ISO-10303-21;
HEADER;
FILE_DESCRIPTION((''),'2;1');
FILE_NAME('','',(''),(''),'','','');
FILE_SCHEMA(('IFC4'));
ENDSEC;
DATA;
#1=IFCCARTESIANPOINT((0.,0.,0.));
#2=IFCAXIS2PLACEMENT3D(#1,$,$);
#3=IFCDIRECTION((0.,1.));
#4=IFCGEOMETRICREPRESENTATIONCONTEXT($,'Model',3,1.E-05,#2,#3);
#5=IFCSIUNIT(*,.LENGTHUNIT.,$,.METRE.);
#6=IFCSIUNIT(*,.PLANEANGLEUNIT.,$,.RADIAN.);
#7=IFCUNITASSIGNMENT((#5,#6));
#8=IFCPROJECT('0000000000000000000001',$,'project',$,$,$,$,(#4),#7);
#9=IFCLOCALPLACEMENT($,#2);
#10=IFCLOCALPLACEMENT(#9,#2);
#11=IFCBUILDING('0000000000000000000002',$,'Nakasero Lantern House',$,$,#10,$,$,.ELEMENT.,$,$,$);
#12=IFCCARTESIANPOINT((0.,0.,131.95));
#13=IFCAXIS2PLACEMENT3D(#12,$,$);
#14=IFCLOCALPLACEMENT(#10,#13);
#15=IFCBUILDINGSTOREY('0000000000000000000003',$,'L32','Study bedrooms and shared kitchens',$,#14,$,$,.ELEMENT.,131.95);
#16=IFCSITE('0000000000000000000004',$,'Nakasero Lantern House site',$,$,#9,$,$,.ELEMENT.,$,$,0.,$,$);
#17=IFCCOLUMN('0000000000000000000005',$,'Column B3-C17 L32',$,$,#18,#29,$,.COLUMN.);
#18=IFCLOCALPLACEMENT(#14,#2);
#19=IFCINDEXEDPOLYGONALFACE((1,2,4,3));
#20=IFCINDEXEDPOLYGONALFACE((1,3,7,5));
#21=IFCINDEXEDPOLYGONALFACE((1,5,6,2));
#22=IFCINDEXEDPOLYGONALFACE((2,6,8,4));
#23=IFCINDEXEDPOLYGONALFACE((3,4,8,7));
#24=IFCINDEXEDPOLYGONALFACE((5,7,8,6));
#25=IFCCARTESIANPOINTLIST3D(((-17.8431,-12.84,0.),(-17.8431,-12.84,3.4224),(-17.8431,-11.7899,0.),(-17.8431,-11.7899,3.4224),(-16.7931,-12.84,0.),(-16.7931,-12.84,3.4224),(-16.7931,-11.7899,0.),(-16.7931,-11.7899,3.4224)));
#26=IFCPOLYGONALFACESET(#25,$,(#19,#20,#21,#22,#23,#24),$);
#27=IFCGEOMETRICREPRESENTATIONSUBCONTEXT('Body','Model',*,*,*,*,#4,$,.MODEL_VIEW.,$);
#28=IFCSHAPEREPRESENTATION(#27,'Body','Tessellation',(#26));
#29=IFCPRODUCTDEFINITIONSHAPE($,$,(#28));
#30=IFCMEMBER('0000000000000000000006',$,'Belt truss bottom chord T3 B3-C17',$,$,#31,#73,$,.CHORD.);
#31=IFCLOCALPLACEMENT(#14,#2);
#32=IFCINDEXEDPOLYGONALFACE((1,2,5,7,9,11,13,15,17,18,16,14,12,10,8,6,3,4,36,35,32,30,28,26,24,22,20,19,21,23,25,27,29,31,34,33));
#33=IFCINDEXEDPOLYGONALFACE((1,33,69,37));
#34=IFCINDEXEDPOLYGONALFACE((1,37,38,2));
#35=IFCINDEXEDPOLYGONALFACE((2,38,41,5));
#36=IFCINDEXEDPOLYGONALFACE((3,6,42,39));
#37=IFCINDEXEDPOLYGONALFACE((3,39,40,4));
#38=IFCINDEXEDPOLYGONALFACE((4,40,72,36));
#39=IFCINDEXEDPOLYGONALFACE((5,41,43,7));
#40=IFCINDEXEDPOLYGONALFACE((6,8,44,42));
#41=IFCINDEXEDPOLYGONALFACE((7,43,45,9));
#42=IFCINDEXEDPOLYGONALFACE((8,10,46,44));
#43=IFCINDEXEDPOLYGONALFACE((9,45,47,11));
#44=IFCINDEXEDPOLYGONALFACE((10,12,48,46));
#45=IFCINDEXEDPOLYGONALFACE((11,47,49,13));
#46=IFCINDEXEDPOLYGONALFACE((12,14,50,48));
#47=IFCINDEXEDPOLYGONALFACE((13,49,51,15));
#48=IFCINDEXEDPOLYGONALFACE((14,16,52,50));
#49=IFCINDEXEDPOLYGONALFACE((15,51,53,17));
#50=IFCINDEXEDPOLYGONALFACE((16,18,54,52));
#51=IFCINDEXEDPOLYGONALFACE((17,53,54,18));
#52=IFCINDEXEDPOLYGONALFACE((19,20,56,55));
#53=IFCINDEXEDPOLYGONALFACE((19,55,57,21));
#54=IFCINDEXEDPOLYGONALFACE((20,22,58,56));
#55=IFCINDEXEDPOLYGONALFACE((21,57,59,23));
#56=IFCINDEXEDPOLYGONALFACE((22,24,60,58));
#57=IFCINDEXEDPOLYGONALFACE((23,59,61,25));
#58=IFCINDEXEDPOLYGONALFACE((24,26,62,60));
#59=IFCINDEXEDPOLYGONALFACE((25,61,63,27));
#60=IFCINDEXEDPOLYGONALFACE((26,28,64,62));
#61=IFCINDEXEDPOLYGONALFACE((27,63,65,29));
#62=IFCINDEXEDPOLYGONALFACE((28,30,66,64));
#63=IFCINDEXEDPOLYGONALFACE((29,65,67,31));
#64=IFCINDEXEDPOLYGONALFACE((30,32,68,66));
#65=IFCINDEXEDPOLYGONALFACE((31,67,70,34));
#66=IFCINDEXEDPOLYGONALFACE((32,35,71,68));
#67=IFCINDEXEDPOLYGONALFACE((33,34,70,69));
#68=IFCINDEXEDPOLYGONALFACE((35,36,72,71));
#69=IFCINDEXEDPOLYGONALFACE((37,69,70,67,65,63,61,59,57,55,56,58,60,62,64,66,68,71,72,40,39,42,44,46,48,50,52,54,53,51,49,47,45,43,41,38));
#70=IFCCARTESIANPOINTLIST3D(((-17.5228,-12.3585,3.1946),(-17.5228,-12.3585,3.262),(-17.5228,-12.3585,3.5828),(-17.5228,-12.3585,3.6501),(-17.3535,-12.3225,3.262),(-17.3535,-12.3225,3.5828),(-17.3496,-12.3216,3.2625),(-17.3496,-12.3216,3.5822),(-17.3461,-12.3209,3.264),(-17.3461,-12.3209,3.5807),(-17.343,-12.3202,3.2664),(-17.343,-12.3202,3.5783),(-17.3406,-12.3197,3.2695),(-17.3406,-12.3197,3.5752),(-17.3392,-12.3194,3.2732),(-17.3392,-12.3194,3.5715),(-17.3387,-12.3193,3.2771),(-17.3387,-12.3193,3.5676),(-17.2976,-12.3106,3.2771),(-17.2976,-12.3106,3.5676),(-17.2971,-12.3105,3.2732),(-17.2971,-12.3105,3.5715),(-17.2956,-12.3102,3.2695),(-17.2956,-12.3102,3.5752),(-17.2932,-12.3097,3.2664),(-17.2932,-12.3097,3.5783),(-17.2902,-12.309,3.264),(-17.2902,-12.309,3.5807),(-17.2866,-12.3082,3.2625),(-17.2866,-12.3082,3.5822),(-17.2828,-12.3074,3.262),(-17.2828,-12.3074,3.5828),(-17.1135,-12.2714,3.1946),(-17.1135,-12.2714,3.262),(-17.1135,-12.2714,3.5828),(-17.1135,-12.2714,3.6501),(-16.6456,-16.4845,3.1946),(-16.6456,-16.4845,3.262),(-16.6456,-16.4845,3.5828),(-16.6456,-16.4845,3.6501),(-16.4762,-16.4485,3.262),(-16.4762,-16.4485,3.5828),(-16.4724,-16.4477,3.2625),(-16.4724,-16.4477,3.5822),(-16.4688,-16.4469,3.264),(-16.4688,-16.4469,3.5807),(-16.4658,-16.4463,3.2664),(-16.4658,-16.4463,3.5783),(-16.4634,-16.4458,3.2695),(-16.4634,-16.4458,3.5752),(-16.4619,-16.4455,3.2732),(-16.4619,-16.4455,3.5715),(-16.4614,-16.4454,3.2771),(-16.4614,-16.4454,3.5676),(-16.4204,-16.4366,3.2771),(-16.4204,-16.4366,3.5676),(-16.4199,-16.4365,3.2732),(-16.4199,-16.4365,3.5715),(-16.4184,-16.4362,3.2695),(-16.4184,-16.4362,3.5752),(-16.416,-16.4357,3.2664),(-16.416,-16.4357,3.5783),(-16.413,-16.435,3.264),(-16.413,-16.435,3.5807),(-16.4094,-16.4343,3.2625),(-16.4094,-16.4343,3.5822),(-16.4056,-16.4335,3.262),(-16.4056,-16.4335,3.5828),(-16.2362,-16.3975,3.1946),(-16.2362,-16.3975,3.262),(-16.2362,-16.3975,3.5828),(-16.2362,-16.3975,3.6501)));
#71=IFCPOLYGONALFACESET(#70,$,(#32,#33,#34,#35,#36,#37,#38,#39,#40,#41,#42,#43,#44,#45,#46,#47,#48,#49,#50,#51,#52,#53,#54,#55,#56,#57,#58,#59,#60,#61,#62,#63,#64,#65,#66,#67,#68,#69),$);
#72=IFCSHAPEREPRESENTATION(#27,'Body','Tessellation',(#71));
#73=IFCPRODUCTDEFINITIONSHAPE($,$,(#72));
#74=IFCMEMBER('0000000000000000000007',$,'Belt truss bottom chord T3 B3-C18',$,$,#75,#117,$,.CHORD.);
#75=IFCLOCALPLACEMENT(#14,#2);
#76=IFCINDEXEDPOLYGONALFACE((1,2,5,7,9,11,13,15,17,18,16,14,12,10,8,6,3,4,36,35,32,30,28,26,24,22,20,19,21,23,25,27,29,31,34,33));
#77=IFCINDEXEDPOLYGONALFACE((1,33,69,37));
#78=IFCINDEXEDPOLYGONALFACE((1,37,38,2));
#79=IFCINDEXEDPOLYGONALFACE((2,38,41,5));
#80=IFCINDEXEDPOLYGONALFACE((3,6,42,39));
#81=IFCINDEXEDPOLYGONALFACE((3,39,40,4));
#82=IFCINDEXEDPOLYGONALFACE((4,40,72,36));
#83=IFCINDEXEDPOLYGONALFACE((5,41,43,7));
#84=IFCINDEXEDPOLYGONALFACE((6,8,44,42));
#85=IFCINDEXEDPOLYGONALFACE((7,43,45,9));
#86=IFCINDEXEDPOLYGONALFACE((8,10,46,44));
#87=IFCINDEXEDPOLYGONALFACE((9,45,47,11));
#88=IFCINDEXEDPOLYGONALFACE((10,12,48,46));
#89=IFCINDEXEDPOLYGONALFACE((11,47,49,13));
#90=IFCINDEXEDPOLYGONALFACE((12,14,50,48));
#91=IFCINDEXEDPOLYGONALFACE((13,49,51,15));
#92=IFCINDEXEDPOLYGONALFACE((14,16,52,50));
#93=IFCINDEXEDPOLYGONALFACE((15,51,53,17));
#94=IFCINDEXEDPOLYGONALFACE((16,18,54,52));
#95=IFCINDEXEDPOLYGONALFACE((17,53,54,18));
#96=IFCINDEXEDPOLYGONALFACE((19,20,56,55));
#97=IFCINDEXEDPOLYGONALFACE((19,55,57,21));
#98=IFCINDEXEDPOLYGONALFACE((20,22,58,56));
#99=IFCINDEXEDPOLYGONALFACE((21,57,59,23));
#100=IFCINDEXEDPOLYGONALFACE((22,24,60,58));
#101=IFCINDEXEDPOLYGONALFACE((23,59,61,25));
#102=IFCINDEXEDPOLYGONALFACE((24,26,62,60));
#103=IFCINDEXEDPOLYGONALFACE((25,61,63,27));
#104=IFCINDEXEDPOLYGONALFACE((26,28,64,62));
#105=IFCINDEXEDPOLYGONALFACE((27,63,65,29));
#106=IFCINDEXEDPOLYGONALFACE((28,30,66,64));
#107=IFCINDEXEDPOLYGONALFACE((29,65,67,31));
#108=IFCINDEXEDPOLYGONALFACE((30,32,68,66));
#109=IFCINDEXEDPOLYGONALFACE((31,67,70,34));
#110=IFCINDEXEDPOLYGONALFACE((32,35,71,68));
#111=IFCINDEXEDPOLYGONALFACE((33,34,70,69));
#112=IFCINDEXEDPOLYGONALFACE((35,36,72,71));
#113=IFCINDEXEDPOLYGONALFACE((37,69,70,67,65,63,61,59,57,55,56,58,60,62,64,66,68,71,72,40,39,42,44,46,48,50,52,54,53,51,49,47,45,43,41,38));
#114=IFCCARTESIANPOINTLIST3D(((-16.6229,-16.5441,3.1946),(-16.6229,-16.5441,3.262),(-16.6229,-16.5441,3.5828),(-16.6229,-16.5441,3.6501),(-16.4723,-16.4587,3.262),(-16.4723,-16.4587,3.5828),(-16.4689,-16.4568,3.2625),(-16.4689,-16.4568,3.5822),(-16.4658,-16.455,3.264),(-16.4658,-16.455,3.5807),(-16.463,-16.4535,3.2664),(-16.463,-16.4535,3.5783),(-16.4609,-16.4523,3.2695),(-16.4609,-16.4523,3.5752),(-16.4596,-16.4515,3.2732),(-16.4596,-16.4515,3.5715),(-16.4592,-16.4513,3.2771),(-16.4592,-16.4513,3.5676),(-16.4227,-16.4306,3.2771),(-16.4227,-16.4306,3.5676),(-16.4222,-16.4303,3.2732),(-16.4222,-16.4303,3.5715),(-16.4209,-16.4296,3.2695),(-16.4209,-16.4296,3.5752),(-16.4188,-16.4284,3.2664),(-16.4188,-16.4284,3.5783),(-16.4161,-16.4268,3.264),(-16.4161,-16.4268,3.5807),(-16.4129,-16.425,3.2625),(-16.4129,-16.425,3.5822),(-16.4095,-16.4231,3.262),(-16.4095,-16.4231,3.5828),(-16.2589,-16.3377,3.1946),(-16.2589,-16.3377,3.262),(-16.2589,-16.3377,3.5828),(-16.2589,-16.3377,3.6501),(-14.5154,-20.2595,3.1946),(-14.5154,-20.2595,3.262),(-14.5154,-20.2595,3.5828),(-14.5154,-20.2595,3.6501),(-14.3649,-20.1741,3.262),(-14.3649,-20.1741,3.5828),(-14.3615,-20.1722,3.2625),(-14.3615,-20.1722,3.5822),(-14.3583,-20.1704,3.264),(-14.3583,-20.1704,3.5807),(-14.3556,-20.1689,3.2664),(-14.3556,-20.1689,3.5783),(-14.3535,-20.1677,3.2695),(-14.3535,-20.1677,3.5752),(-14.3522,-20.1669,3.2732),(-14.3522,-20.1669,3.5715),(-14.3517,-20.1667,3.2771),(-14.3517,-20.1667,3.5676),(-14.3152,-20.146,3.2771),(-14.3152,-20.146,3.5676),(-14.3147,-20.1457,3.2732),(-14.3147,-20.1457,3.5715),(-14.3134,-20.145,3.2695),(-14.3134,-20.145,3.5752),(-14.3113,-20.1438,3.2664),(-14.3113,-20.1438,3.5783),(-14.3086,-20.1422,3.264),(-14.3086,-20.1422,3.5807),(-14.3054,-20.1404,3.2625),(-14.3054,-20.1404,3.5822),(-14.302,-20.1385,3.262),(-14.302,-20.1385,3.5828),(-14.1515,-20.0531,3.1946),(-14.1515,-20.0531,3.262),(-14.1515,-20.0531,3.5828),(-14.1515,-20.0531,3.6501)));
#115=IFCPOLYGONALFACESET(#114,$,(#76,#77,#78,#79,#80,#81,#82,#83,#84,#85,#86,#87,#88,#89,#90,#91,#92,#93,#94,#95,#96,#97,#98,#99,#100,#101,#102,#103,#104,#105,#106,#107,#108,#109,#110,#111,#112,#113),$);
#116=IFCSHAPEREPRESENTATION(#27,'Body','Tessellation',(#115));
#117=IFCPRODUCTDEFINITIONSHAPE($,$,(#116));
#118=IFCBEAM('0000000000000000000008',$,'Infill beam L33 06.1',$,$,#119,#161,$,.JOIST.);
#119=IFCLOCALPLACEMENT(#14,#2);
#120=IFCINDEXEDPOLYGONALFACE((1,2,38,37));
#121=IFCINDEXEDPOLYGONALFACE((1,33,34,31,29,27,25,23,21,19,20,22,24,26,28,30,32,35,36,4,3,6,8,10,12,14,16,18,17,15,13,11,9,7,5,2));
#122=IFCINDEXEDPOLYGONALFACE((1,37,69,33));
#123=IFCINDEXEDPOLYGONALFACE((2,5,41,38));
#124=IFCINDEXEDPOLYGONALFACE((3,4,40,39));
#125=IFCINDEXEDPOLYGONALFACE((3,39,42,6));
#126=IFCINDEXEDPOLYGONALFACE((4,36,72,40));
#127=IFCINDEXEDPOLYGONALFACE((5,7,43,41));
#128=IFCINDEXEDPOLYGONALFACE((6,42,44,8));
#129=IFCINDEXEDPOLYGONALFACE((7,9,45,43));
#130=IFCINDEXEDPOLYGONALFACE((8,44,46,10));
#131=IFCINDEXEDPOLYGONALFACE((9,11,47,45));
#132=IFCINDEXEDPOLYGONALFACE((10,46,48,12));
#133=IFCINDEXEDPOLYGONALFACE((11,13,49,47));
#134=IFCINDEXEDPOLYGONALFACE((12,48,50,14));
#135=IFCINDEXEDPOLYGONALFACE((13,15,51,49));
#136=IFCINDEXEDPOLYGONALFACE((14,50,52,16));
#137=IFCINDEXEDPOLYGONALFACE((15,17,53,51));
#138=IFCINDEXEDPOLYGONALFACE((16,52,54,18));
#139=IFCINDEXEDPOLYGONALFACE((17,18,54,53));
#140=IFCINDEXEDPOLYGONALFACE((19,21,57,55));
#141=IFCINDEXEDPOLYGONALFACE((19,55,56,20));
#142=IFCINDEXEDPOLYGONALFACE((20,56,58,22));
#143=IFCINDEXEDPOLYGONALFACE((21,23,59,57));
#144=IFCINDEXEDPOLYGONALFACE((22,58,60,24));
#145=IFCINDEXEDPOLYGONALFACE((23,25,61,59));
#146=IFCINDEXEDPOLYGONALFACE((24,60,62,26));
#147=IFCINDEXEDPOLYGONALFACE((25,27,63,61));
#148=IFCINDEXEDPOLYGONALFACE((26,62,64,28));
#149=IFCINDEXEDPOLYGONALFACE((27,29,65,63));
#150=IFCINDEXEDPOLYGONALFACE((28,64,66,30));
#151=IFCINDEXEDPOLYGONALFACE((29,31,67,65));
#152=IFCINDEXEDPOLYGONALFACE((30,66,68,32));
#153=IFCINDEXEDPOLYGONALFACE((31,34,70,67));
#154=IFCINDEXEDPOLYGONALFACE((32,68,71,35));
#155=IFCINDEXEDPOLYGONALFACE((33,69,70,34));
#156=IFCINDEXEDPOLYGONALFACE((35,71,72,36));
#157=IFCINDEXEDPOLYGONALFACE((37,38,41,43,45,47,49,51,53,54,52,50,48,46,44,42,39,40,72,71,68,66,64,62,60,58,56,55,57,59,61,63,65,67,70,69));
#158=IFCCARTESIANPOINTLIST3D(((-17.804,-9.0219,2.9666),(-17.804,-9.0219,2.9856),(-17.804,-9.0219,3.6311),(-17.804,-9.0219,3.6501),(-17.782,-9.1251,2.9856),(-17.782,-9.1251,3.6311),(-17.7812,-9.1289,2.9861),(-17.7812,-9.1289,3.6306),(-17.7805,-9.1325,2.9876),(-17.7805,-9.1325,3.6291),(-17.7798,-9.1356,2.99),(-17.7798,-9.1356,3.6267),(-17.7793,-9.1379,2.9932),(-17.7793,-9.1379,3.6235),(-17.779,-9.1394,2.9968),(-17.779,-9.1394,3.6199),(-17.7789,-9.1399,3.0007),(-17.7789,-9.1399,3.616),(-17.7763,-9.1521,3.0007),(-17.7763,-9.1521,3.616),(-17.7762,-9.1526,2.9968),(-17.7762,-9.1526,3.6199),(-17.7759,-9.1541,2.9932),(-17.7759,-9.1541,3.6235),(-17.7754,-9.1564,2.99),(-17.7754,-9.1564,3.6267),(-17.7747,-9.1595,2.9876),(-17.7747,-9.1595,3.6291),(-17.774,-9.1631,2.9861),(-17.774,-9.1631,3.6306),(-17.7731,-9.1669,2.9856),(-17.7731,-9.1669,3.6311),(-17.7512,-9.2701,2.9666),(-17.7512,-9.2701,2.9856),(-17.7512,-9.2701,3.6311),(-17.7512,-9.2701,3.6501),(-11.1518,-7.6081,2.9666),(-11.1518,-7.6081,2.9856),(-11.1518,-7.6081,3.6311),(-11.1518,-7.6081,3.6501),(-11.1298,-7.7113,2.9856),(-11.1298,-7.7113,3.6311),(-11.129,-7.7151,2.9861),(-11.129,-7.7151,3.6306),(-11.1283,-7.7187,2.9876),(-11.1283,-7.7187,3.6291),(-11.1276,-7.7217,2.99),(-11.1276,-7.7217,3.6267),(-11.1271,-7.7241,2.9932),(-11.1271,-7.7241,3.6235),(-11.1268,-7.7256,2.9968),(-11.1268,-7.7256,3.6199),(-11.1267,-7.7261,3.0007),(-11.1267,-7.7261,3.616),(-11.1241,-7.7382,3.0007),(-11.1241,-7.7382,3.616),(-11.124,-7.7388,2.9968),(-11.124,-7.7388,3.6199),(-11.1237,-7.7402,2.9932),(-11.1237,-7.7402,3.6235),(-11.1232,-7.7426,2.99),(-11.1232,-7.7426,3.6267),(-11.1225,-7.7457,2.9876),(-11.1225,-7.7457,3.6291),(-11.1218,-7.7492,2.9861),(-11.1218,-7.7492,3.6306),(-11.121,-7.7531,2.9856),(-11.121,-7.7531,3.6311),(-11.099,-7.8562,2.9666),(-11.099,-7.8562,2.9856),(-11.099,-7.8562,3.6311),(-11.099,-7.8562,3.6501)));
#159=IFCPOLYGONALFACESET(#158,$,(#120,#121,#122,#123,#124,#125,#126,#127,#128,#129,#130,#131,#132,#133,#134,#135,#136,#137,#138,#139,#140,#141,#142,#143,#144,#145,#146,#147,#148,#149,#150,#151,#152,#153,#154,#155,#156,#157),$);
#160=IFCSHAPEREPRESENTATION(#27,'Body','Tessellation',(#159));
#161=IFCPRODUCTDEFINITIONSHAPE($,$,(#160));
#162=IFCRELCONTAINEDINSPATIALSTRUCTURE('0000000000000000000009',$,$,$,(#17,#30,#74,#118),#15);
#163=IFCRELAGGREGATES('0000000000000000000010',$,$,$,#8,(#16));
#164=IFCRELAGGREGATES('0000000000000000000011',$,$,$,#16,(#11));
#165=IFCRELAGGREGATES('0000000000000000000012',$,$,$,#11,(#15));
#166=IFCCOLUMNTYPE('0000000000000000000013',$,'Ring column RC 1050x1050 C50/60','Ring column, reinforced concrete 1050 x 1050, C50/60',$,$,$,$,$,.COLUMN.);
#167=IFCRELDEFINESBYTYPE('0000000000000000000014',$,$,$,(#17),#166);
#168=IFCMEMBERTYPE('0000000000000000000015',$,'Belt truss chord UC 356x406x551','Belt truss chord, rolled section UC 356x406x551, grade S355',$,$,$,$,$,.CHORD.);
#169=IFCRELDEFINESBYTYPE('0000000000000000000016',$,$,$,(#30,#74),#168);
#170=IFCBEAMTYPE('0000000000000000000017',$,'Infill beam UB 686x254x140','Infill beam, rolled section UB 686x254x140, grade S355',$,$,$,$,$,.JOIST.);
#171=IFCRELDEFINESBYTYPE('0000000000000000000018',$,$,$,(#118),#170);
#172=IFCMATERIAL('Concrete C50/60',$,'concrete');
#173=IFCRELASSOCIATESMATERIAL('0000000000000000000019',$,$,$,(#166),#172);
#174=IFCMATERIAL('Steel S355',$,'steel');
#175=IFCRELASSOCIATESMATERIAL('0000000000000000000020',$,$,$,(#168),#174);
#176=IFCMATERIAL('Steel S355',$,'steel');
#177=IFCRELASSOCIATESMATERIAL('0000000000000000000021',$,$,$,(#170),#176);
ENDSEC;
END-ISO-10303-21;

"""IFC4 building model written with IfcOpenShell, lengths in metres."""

from ifc_helpers import new_model, si_unit, direction, frame, origin, origin_2d, place, context, subcontext, project, spatial, rectangle, i_section, extrude, material, material_profile, profile_set, type_object, element, save


model = new_model("IFC4")

# Units and contexts
model_context = context("Model", 3, precision=1e-05, world=origin(), true_north=direction((0.0, 1.0)))
body_context = subcontext(model_context, "Body", "Model", "MODEL_VIEW")
ifc_project = project(units=[si_unit("LENGTHUNIT", "METRE"), si_unit("PLANEANGLEUNIT", "RADIAN")], contexts=[model_context])

# Site, building, storey
site_placement = place(None, origin())
site = spatial("IfcSite", under=ifc_project, at=site_placement, Name="Nakasero Lantern House site", CompositionType="ELEMENT", RefElevation=0.0)
building_placement = place(site_placement, origin())
building = spatial("IfcBuilding", under=site, at=building_placement, Name="Nakasero Lantern House", CompositionType="ELEMENT")
storey_placement = place(building_placement, frame((0.0, 0.0, 131.95)))
storey = spatial("IfcBuildingStorey", under=building, at=storey_placement, Name="L32", Description="Study bedrooms and shared kitchens", CompositionType="ELEMENT", Elevation=131.95)

# Column
ifc_material_1 = material(Name="Concrete C50/60", Category="concrete")
ifc_material_profile_1 = material_profile(ifc_material_1, rectangle(XDim=1.05, YDim=1.05, at=origin_2d()), Name="RC 1050x1050")
ifc_profile_set_1 = profile_set([ifc_material_profile_1], Name="Concrete C50/60")
column_type = type_object("IfcColumnType", Name="Ring column RC 1050x1050 C50/60", Description="Ring column, reinforced concrete 1050 x 1050, C50/60", PredefinedType="COLUMN", material=ifc_profile_set_1)
column_placement = place(storey_placement, frame((-17.3181, -12.3149, 0.0), z_axis=(0.0, 0.0, 1.0), x_axis=(1.0, 0.0, 0.0)))
element("IfcColumn", 1, at=column_placement, inside=storey, type_object=column_type, Name="Column B3-C17 L32", PredefinedType="COLUMN", context=body_context, shape_type="SweptSolid", body=[
    extrude(rectangle(XDim=1.05, YDim=1.05, at=origin_2d()), origin(), (0.0, 0.0, 1.0), 3.4224),
])

# Members
ifc_material_2 = material(Name="Steel S355", Category="steel")
ifc_material_profile_2 = material_profile(ifc_material_2, i_section(OverallWidth=0.4185, OverallDepth=0.4556, WebThickness=0.042, FlangeThickness=0.0674, FilletRadius=0.0151, at=origin_2d()), Name="UC 356x406x551")
ifc_profile_set_2 = profile_set([ifc_material_profile_2], Name="Steel S355")
member_type = type_object("IfcMemberType", Name="Belt truss chord UC 356x406x551", Description="Belt truss chord, rolled section UC 356x406x551, grade S355", PredefinedType="CHORD", material=ifc_profile_set_2)
member_1_placement = place(storey_placement, frame((-17.3181, -12.3149, 3.4224), z_axis=(0.207956, -0.978138, 0.0), x_axis=(0.978138, 0.207956, 0.0)))
element("IfcMember", 2, at=member_1_placement, inside=storey, type_object=member_type, Name="Belt truss bottom chord T3 B3-C17", PredefinedType="CHORD", context=body_context, shape_type="SweptSolid", body=[
    extrude(i_section(OverallWidth=0.4185, OverallDepth=0.4556, WebThickness=0.042, FlangeThickness=0.0674, FilletRadius=0.0151, at=origin_2d()), origin(), (0.0, 0.0, 1.0), 4.2183),
])
member_2_placement = place(storey_placement, frame((-16.4409, -16.4409, 3.4224), z_axis=(0.493379, -0.869815, 0.0), x_axis=(0.869815, 0.493379, 0.0)))
element("IfcMember", 3, at=member_2_placement, inside=storey, type_object=member_type, Name="Belt truss bottom chord T3 B3-C18", PredefinedType="CHORD", context=body_context, shape_type="SweptSolid", body=[
    extrude(i_section(OverallWidth=0.4185, OverallDepth=0.4556, WebThickness=0.042, FlangeThickness=0.0674, FilletRadius=0.0151, at=origin_2d()), origin(), (0.0, 0.0, 1.0), 4.2715),
])

# Beam
ifc_material_3 = material(Name="Steel S355", Category="steel")
ifc_material_profile_3 = material_profile(ifc_material_3, i_section(OverallWidth=0.2537, OverallDepth=0.6836, WebThickness=0.0125, FlangeThickness=0.019, FilletRadius=0.0151, at=origin_2d()), Name="UB 686x254x140")
ifc_profile_set_3 = profile_set([ifc_material_profile_3], Name="Steel S355")
beam_type_1 = type_object("IfcBeamType", Name="Infill beam UB 686x254x140", Description="Infill beam, rolled section UB 686x254x140, grade S355", PredefinedType="JOIST", material=ifc_profile_set_3)
beam_1_placement = place(storey_placement, frame((-17.7776, -9.146, 3.3083), z_axis=(0.978151, 0.207894, 0.0), x_axis=(-0.207894, 0.978151, 0.0)))
element("IfcBeam", 4, at=beam_1_placement, inside=storey, type_object=beam_type_1, Name="Infill beam L33 06.1", PredefinedType="JOIST", context=body_context, shape_type="SweptSolid", body=[
    extrude(i_section(OverallWidth=0.2537, OverallDepth=0.6836, WebThickness=0.0125, FlangeThickness=0.019, FilletRadius=0.0151, at=origin_2d()), origin(), (0.0, 0.0, 1.0), 6.8008),
])

save(model, "model.ifc")
